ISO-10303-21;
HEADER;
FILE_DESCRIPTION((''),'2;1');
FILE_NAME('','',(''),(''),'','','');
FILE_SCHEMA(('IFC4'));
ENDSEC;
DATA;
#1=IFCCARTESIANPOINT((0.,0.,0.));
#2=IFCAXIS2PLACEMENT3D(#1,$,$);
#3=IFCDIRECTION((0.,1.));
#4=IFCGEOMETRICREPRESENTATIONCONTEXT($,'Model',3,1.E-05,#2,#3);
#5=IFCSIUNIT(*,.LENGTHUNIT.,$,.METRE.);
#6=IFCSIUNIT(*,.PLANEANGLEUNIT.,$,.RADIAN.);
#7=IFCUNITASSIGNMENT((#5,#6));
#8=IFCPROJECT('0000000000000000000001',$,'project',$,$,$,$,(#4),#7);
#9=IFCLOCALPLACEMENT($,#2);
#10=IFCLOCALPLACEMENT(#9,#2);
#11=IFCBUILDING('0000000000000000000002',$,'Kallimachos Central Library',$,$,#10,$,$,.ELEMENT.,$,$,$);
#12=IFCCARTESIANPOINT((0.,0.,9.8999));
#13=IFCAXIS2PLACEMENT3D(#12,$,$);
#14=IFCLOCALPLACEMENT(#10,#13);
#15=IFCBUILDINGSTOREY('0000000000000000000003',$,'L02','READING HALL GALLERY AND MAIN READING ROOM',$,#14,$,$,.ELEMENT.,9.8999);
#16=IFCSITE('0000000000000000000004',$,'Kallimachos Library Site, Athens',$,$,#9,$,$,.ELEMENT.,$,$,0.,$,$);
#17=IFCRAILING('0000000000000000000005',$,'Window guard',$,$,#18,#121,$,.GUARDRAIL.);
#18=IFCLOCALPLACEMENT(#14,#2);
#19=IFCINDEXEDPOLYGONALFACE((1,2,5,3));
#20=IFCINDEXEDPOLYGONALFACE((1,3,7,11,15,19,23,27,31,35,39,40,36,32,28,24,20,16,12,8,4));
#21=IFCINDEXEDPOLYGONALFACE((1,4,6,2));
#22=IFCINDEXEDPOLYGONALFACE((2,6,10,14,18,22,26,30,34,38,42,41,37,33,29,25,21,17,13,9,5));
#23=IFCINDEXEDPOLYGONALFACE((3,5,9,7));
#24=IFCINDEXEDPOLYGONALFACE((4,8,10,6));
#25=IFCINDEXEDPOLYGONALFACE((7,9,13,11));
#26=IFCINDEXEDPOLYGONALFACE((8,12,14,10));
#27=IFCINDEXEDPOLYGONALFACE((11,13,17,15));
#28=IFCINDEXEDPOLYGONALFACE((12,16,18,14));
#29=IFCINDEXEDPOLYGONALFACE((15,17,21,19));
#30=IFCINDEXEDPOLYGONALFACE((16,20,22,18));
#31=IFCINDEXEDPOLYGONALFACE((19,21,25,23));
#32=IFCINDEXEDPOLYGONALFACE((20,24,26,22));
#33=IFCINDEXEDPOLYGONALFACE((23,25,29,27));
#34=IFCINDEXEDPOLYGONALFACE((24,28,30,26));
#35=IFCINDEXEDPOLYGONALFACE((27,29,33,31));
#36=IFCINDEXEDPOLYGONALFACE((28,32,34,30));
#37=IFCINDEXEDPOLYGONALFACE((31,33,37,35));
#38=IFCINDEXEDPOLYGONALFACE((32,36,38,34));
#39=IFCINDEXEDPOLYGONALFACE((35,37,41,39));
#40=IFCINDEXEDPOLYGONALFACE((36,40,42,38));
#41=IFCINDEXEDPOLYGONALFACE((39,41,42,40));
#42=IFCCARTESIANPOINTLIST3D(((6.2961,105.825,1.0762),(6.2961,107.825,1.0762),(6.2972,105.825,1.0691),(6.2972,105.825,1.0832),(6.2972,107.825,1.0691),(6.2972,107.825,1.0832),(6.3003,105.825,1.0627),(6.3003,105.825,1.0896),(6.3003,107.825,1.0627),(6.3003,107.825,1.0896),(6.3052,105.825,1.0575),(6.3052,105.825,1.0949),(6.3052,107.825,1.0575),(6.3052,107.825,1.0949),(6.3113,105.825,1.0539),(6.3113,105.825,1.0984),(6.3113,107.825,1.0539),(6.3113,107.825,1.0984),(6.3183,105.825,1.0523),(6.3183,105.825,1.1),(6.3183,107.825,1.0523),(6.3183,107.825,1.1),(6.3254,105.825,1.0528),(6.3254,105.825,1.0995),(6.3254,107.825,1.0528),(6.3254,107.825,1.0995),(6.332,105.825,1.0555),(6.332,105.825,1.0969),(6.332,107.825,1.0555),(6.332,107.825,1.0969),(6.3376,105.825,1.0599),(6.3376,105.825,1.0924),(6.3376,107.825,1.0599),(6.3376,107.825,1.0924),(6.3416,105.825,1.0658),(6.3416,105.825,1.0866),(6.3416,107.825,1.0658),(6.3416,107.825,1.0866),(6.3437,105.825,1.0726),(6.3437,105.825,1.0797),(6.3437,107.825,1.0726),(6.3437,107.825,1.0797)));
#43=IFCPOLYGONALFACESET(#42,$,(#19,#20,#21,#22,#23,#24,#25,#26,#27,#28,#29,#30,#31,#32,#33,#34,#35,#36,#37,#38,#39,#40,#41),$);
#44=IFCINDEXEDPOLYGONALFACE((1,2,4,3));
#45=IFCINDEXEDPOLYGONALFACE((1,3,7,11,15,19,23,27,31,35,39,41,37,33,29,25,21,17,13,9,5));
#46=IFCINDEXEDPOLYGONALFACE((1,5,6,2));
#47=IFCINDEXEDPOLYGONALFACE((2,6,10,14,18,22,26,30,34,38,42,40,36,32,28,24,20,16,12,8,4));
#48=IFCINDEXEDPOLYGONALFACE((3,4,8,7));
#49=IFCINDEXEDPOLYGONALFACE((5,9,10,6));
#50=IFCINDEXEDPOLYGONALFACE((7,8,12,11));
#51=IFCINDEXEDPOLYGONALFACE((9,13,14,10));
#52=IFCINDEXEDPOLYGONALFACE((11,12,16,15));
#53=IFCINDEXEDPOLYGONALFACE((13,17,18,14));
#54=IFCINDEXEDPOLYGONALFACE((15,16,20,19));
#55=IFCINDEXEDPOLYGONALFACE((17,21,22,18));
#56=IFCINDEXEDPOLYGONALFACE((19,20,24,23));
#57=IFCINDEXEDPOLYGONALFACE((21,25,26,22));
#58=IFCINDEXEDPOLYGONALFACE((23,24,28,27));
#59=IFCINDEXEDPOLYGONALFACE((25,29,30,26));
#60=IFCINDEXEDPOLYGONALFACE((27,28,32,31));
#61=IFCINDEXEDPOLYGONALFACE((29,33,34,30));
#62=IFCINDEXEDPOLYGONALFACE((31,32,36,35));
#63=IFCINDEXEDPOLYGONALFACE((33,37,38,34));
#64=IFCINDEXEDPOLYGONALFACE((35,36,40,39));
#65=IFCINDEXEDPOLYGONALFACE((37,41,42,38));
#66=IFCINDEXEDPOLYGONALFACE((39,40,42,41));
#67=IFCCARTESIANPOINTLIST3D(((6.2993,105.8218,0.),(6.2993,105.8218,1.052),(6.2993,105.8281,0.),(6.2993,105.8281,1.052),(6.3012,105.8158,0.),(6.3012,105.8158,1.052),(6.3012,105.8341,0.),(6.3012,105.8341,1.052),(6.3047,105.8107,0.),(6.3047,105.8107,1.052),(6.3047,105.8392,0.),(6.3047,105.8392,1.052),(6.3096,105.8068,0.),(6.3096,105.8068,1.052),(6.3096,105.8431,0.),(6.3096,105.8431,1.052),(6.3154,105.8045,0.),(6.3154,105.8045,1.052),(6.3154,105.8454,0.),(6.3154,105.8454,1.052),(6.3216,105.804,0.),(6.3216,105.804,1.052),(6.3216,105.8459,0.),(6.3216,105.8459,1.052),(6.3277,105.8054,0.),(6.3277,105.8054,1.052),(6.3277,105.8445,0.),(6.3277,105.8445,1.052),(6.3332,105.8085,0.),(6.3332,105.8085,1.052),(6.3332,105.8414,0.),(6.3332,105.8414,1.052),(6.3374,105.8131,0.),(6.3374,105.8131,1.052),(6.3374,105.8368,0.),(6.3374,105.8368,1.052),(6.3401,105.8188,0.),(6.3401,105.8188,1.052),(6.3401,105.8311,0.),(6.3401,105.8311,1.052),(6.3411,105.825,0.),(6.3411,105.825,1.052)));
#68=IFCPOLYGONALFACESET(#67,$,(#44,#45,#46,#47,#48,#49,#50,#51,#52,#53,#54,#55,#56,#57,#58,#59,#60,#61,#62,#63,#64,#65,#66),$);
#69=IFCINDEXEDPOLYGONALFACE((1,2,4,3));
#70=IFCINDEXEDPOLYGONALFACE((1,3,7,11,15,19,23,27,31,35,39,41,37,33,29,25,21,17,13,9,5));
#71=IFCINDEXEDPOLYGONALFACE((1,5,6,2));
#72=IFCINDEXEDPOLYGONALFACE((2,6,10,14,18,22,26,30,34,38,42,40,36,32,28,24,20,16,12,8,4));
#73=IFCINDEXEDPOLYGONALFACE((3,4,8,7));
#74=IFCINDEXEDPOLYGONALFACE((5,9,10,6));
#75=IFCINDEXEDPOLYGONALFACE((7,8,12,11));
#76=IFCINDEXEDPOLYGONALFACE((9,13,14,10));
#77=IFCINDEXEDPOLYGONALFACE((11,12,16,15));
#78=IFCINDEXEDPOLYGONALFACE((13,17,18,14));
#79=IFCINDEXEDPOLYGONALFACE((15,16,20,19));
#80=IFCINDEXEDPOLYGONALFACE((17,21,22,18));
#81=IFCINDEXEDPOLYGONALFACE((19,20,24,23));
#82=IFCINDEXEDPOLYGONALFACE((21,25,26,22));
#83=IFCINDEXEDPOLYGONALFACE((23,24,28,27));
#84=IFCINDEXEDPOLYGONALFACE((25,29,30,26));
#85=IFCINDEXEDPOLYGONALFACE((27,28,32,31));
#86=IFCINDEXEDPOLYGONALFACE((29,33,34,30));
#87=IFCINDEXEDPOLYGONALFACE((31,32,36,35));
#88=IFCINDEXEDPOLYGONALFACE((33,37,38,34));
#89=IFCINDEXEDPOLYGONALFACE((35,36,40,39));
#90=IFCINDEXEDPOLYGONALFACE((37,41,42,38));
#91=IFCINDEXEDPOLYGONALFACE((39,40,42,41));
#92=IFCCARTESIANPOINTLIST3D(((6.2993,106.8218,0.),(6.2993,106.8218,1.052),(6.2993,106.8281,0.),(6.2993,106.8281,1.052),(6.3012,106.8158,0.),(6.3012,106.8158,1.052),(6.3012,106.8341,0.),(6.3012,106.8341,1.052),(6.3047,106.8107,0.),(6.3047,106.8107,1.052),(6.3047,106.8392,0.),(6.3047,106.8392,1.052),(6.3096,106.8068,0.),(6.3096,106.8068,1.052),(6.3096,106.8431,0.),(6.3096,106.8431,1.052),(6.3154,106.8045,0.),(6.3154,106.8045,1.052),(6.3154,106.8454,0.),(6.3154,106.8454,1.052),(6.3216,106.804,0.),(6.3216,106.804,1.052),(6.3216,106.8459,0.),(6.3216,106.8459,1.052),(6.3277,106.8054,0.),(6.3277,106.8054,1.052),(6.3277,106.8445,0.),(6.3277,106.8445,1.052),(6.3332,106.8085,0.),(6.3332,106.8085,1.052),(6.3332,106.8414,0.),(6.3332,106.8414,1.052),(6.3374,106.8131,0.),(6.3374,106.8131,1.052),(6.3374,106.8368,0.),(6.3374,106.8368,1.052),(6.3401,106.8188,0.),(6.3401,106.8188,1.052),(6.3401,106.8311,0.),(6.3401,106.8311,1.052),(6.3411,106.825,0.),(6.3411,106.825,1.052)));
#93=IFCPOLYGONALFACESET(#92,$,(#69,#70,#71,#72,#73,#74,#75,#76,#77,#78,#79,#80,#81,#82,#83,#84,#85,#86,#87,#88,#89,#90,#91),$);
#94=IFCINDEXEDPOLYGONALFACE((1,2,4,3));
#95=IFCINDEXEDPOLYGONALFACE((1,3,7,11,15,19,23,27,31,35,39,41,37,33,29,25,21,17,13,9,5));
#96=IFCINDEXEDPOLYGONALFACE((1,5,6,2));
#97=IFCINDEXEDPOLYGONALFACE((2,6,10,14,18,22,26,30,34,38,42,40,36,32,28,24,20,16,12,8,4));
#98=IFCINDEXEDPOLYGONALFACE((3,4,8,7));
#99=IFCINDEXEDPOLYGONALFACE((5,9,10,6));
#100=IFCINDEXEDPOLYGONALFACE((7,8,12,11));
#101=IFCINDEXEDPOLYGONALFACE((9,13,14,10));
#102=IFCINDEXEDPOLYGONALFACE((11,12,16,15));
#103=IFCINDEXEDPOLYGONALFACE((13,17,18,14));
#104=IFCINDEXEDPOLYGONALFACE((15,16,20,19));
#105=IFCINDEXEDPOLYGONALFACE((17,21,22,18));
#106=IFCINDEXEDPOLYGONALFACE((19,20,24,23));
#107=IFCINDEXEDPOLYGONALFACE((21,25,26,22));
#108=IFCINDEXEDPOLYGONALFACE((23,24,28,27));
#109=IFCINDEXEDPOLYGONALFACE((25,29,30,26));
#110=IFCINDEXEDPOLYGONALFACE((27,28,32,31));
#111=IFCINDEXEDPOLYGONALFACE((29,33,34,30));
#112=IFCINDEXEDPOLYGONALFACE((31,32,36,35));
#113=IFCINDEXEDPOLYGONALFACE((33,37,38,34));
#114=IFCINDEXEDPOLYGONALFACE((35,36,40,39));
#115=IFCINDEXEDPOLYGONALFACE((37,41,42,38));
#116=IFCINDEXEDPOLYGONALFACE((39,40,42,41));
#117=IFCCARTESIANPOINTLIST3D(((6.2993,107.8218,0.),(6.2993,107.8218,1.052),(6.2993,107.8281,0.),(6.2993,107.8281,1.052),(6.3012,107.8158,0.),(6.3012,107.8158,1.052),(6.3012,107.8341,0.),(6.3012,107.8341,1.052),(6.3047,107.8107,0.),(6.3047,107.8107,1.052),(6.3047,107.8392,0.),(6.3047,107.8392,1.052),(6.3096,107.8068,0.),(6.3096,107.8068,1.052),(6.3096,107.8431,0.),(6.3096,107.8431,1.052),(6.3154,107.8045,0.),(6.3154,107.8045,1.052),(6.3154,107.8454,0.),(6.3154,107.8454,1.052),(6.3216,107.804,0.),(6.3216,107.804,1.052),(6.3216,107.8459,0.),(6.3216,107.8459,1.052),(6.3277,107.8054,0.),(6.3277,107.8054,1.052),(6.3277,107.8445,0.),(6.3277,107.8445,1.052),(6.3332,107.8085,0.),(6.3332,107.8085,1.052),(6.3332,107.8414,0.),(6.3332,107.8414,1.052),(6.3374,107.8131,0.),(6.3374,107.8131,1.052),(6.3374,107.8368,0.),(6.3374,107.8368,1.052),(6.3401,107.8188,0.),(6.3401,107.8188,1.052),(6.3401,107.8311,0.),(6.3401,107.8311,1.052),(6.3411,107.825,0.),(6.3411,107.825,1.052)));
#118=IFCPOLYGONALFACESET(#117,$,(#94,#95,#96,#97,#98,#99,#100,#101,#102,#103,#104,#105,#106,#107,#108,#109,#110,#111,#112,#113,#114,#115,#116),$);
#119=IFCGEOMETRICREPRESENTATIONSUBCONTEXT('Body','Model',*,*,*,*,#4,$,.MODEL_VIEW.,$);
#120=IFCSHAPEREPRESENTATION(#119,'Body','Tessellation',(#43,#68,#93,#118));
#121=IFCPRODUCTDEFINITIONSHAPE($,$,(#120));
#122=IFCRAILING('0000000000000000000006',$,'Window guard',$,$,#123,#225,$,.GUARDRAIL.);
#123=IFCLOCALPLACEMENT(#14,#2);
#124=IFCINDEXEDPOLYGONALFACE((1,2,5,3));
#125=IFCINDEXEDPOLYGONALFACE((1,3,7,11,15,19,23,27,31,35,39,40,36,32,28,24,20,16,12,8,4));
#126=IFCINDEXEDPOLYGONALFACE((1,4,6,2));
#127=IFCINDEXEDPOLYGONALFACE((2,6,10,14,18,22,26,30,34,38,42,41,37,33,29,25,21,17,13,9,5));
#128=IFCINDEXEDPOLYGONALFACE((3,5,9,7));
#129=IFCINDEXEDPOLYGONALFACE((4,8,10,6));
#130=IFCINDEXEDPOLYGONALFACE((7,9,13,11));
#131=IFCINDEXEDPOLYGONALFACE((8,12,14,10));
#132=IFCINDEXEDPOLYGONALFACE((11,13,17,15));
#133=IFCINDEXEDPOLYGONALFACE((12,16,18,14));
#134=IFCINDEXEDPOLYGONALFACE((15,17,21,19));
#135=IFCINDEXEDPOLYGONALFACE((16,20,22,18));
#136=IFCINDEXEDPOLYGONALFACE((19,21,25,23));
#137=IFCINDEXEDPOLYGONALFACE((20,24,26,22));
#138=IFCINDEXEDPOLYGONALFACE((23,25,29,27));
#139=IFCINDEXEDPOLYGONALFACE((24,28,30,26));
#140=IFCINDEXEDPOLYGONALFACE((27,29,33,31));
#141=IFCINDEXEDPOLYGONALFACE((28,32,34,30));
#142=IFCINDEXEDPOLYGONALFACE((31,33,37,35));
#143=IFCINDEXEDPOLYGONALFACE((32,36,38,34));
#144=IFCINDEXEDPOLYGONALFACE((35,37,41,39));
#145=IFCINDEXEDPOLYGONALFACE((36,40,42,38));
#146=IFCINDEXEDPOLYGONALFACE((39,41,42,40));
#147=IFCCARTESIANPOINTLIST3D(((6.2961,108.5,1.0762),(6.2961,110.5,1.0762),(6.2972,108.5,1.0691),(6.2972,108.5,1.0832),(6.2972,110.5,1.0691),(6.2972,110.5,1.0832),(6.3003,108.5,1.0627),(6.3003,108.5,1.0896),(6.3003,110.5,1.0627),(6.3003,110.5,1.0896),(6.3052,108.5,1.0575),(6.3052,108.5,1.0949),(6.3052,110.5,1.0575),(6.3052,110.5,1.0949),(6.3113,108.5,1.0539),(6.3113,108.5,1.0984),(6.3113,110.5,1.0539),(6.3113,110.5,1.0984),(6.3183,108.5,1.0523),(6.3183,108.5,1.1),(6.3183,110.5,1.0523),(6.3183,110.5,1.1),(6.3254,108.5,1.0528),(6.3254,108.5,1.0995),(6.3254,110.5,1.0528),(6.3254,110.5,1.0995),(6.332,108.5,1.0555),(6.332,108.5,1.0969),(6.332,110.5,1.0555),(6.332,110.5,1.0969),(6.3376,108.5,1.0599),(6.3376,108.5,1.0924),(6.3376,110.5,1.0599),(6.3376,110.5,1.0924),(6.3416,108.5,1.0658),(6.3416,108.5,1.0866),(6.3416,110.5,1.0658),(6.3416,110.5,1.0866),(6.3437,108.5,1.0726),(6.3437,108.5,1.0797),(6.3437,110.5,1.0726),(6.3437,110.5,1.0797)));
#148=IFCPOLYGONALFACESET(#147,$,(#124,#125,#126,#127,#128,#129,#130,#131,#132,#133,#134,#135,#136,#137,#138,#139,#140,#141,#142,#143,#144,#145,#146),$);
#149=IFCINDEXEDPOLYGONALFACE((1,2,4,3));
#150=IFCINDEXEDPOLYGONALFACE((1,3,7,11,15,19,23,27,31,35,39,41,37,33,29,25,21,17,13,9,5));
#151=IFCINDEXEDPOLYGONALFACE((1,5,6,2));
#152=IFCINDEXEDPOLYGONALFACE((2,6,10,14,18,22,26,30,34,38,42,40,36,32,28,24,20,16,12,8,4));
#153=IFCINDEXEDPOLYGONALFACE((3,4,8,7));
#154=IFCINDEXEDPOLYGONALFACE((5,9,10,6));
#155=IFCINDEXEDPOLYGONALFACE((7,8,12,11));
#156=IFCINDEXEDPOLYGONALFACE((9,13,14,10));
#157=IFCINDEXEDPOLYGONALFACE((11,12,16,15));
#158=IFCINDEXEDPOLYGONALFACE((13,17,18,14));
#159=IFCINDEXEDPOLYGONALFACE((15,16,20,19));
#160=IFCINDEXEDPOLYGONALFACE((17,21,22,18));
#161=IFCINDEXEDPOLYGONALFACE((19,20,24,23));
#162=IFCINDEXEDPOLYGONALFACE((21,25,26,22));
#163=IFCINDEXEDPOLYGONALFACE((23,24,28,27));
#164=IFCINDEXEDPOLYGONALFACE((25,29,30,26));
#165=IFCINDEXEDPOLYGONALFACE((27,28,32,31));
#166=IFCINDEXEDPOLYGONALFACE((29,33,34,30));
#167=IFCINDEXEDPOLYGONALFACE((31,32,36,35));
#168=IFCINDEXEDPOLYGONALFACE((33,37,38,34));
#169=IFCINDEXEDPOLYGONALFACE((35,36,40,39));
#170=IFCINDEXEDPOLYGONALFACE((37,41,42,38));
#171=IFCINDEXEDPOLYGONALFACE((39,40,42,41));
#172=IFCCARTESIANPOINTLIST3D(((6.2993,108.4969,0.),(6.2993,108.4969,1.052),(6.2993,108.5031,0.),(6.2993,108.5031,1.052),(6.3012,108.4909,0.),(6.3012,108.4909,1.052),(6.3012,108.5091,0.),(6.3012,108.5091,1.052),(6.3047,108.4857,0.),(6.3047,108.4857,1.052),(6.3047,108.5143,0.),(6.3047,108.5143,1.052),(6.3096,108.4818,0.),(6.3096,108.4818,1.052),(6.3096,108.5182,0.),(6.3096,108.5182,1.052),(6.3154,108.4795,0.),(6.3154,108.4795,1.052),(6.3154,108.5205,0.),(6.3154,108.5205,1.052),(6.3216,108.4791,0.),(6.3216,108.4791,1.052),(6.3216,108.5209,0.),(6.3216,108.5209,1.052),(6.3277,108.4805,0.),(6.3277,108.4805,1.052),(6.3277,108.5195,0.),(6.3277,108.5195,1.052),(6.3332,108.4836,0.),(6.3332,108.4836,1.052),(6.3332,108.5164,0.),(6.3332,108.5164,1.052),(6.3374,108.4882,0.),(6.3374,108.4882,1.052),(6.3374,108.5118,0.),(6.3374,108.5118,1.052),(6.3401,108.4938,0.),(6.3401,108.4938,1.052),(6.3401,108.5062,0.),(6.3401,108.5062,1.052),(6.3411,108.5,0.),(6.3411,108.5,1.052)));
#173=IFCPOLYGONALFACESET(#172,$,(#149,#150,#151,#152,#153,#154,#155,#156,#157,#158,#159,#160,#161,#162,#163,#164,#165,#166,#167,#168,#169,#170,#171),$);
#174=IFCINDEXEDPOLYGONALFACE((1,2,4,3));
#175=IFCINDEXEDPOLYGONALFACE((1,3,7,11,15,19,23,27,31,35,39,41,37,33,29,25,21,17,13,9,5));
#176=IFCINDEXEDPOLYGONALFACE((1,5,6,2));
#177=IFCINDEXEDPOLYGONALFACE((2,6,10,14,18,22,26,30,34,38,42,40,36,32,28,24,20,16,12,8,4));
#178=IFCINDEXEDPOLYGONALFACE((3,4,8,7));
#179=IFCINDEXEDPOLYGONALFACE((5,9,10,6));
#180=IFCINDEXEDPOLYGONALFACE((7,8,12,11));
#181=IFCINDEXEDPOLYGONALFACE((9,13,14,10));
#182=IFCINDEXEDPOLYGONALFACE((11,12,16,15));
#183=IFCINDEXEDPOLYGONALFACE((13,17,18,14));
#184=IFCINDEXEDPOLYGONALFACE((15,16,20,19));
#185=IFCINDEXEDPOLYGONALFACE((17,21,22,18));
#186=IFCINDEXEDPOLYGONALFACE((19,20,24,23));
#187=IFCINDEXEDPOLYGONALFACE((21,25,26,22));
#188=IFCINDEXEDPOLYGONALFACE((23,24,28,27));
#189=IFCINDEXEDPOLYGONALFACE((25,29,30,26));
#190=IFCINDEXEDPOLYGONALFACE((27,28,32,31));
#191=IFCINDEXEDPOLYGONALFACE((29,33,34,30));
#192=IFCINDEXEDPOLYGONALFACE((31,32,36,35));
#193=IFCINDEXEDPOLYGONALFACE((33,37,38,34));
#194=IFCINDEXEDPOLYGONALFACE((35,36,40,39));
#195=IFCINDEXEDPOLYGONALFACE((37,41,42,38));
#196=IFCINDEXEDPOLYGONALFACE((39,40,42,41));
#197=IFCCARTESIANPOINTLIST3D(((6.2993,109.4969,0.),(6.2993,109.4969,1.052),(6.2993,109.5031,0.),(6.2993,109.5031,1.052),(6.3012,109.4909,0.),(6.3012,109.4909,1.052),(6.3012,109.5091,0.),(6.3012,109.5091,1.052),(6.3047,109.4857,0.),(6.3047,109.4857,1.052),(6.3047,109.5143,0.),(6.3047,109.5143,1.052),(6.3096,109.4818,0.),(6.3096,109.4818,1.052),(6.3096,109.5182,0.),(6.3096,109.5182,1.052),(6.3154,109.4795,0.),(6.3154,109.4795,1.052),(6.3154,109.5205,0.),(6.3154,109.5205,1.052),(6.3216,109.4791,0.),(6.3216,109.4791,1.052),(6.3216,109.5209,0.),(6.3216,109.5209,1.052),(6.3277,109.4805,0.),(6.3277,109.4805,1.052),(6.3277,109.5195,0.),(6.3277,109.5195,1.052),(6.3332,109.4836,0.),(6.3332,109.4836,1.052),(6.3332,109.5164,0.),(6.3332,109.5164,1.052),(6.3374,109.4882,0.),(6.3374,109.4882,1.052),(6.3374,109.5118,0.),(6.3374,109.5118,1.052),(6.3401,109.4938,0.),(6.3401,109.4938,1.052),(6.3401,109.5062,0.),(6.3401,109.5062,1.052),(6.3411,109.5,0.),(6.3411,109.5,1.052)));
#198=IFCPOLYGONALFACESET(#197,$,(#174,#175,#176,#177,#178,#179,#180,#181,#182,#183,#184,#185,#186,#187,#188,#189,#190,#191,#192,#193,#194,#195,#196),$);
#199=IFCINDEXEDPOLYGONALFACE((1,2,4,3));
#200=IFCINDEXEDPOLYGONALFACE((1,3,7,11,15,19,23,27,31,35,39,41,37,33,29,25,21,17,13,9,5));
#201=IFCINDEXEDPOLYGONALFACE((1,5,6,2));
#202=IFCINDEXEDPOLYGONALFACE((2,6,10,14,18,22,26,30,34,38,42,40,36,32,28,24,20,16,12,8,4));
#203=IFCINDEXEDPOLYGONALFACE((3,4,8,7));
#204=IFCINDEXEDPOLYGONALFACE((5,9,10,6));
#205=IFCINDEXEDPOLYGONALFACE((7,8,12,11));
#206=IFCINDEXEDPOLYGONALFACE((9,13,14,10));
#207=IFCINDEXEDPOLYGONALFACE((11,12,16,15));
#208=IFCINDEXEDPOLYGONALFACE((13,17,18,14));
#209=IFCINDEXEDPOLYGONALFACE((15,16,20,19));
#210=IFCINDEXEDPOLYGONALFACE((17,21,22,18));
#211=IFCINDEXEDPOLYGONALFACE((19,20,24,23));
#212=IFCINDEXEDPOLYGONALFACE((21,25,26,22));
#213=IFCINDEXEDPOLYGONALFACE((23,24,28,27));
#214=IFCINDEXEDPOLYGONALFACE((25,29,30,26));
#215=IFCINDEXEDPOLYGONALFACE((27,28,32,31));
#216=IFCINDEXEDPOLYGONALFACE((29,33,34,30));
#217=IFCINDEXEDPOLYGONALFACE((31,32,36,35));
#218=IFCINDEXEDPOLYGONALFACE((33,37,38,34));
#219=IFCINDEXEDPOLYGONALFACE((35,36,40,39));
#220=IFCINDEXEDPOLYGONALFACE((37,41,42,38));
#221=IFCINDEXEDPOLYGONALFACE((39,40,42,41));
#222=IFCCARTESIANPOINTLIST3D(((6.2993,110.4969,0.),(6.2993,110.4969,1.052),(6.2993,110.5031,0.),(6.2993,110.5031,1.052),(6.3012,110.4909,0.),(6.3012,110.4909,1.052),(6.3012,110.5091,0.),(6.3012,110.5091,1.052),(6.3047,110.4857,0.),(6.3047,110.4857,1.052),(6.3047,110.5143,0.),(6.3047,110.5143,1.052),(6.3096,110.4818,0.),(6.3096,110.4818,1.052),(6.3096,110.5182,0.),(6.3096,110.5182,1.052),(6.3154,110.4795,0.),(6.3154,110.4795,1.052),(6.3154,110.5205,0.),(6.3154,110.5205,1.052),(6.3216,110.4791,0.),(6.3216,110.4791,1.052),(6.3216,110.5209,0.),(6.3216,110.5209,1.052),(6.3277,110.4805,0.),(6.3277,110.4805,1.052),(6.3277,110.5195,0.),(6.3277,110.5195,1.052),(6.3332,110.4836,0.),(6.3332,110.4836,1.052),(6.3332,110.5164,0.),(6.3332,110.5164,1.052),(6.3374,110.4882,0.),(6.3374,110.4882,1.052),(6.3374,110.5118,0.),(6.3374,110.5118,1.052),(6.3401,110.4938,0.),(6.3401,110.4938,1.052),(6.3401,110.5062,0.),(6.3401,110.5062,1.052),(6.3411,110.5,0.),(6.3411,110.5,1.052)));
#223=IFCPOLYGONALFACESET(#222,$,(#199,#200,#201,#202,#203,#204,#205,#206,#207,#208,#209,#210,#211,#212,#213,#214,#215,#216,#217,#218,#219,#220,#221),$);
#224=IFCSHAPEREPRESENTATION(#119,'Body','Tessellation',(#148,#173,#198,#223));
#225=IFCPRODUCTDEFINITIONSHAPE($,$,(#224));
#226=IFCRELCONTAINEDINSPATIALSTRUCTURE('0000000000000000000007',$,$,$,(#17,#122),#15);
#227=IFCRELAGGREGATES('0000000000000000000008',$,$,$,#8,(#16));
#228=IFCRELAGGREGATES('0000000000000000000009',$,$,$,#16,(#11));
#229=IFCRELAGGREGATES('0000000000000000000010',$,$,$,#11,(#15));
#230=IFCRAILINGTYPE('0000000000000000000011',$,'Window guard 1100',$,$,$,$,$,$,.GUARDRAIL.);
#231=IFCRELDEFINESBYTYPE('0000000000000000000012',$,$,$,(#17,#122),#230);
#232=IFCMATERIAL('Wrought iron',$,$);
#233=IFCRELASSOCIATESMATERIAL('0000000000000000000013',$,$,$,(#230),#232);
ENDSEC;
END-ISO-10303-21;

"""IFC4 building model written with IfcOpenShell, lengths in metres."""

from ifc_helpers import new_model, si_unit, direction, frame, origin, origin_2d, place, context, subcontext, project, spatial, circle, extrude, material, type_object, element, save


model = new_model("IFC4")

# Units and contexts
model_context = context("Model", 3, precision=1e-05, world=origin(), true_north=direction((0.0, 1.0)))
body_context = subcontext(model_context, "Body", "Model", "MODEL_VIEW")
ifc_project = project(units=[si_unit("LENGTHUNIT", "METRE"), si_unit("PLANEANGLEUNIT", "RADIAN")], contexts=[model_context])

# Site, building, storey
site_placement = place(None, origin())
site = spatial("IfcSite", under=ifc_project, at=site_placement, Name="Kallimachos Library Site, Athens", CompositionType="ELEMENT", RefElevation=0.0)
building_placement = place(site_placement, origin())
building = spatial("IfcBuilding", under=site, at=building_placement, Name="Kallimachos Central Library", CompositionType="ELEMENT")
storey_placement = place(building_placement, frame((0.0, 0.0, 9.8999)))
storey = spatial("IfcBuildingStorey", under=building, at=storey_placement, Name="L02", Description="READING HALL GALLERY AND MAIN READING ROOM", CompositionType="ELEMENT", Elevation=9.8999)

# Railings
ifc_material_1 = material(Name="Wrought iron")
railing_type = type_object("IfcRailingType", Name="Window guard 1100", PredefinedType="GUARDRAIL", material=ifc_material_1)
for number, where, name in (
    (1, (6.3201, 105.825, 0.0), "Window guard"),
    (2, (6.3201, 108.5, 0.0), "Window guard"),
):
    element("IfcRailing", number, at=place(storey_placement, frame(where)), inside=storey, type_object=railing_type, Name=name, PredefinedType="GUARDRAIL", context=body_context, shape_type="SweptSolid", body=[
        extrude(circle(Radius=0.0239, at=origin_2d()), frame((0.0, 0.0, 1.0762), z_axis=(0.0, 1.0, 0.0), x_axis=(-1.0, 0.0, 0.0)), (0.0, 0.0, 1.0), 2.0),
        extrude(circle(Radius=0.021, at=origin_2d()), origin(), (0.0, 0.0, 1.0), 1.052),
        extrude(circle(Radius=0.021, at=origin_2d()), frame((0.0, 1.0, 0.0)), (0.0, 0.0, 1.0), 1.052),
        extrude(circle(Radius=0.021, at=origin_2d()), frame((0.0, 2.0, 0.0)), (0.0, 0.0, 1.0), 1.052),
    ])

save(model, "model.ifc")
